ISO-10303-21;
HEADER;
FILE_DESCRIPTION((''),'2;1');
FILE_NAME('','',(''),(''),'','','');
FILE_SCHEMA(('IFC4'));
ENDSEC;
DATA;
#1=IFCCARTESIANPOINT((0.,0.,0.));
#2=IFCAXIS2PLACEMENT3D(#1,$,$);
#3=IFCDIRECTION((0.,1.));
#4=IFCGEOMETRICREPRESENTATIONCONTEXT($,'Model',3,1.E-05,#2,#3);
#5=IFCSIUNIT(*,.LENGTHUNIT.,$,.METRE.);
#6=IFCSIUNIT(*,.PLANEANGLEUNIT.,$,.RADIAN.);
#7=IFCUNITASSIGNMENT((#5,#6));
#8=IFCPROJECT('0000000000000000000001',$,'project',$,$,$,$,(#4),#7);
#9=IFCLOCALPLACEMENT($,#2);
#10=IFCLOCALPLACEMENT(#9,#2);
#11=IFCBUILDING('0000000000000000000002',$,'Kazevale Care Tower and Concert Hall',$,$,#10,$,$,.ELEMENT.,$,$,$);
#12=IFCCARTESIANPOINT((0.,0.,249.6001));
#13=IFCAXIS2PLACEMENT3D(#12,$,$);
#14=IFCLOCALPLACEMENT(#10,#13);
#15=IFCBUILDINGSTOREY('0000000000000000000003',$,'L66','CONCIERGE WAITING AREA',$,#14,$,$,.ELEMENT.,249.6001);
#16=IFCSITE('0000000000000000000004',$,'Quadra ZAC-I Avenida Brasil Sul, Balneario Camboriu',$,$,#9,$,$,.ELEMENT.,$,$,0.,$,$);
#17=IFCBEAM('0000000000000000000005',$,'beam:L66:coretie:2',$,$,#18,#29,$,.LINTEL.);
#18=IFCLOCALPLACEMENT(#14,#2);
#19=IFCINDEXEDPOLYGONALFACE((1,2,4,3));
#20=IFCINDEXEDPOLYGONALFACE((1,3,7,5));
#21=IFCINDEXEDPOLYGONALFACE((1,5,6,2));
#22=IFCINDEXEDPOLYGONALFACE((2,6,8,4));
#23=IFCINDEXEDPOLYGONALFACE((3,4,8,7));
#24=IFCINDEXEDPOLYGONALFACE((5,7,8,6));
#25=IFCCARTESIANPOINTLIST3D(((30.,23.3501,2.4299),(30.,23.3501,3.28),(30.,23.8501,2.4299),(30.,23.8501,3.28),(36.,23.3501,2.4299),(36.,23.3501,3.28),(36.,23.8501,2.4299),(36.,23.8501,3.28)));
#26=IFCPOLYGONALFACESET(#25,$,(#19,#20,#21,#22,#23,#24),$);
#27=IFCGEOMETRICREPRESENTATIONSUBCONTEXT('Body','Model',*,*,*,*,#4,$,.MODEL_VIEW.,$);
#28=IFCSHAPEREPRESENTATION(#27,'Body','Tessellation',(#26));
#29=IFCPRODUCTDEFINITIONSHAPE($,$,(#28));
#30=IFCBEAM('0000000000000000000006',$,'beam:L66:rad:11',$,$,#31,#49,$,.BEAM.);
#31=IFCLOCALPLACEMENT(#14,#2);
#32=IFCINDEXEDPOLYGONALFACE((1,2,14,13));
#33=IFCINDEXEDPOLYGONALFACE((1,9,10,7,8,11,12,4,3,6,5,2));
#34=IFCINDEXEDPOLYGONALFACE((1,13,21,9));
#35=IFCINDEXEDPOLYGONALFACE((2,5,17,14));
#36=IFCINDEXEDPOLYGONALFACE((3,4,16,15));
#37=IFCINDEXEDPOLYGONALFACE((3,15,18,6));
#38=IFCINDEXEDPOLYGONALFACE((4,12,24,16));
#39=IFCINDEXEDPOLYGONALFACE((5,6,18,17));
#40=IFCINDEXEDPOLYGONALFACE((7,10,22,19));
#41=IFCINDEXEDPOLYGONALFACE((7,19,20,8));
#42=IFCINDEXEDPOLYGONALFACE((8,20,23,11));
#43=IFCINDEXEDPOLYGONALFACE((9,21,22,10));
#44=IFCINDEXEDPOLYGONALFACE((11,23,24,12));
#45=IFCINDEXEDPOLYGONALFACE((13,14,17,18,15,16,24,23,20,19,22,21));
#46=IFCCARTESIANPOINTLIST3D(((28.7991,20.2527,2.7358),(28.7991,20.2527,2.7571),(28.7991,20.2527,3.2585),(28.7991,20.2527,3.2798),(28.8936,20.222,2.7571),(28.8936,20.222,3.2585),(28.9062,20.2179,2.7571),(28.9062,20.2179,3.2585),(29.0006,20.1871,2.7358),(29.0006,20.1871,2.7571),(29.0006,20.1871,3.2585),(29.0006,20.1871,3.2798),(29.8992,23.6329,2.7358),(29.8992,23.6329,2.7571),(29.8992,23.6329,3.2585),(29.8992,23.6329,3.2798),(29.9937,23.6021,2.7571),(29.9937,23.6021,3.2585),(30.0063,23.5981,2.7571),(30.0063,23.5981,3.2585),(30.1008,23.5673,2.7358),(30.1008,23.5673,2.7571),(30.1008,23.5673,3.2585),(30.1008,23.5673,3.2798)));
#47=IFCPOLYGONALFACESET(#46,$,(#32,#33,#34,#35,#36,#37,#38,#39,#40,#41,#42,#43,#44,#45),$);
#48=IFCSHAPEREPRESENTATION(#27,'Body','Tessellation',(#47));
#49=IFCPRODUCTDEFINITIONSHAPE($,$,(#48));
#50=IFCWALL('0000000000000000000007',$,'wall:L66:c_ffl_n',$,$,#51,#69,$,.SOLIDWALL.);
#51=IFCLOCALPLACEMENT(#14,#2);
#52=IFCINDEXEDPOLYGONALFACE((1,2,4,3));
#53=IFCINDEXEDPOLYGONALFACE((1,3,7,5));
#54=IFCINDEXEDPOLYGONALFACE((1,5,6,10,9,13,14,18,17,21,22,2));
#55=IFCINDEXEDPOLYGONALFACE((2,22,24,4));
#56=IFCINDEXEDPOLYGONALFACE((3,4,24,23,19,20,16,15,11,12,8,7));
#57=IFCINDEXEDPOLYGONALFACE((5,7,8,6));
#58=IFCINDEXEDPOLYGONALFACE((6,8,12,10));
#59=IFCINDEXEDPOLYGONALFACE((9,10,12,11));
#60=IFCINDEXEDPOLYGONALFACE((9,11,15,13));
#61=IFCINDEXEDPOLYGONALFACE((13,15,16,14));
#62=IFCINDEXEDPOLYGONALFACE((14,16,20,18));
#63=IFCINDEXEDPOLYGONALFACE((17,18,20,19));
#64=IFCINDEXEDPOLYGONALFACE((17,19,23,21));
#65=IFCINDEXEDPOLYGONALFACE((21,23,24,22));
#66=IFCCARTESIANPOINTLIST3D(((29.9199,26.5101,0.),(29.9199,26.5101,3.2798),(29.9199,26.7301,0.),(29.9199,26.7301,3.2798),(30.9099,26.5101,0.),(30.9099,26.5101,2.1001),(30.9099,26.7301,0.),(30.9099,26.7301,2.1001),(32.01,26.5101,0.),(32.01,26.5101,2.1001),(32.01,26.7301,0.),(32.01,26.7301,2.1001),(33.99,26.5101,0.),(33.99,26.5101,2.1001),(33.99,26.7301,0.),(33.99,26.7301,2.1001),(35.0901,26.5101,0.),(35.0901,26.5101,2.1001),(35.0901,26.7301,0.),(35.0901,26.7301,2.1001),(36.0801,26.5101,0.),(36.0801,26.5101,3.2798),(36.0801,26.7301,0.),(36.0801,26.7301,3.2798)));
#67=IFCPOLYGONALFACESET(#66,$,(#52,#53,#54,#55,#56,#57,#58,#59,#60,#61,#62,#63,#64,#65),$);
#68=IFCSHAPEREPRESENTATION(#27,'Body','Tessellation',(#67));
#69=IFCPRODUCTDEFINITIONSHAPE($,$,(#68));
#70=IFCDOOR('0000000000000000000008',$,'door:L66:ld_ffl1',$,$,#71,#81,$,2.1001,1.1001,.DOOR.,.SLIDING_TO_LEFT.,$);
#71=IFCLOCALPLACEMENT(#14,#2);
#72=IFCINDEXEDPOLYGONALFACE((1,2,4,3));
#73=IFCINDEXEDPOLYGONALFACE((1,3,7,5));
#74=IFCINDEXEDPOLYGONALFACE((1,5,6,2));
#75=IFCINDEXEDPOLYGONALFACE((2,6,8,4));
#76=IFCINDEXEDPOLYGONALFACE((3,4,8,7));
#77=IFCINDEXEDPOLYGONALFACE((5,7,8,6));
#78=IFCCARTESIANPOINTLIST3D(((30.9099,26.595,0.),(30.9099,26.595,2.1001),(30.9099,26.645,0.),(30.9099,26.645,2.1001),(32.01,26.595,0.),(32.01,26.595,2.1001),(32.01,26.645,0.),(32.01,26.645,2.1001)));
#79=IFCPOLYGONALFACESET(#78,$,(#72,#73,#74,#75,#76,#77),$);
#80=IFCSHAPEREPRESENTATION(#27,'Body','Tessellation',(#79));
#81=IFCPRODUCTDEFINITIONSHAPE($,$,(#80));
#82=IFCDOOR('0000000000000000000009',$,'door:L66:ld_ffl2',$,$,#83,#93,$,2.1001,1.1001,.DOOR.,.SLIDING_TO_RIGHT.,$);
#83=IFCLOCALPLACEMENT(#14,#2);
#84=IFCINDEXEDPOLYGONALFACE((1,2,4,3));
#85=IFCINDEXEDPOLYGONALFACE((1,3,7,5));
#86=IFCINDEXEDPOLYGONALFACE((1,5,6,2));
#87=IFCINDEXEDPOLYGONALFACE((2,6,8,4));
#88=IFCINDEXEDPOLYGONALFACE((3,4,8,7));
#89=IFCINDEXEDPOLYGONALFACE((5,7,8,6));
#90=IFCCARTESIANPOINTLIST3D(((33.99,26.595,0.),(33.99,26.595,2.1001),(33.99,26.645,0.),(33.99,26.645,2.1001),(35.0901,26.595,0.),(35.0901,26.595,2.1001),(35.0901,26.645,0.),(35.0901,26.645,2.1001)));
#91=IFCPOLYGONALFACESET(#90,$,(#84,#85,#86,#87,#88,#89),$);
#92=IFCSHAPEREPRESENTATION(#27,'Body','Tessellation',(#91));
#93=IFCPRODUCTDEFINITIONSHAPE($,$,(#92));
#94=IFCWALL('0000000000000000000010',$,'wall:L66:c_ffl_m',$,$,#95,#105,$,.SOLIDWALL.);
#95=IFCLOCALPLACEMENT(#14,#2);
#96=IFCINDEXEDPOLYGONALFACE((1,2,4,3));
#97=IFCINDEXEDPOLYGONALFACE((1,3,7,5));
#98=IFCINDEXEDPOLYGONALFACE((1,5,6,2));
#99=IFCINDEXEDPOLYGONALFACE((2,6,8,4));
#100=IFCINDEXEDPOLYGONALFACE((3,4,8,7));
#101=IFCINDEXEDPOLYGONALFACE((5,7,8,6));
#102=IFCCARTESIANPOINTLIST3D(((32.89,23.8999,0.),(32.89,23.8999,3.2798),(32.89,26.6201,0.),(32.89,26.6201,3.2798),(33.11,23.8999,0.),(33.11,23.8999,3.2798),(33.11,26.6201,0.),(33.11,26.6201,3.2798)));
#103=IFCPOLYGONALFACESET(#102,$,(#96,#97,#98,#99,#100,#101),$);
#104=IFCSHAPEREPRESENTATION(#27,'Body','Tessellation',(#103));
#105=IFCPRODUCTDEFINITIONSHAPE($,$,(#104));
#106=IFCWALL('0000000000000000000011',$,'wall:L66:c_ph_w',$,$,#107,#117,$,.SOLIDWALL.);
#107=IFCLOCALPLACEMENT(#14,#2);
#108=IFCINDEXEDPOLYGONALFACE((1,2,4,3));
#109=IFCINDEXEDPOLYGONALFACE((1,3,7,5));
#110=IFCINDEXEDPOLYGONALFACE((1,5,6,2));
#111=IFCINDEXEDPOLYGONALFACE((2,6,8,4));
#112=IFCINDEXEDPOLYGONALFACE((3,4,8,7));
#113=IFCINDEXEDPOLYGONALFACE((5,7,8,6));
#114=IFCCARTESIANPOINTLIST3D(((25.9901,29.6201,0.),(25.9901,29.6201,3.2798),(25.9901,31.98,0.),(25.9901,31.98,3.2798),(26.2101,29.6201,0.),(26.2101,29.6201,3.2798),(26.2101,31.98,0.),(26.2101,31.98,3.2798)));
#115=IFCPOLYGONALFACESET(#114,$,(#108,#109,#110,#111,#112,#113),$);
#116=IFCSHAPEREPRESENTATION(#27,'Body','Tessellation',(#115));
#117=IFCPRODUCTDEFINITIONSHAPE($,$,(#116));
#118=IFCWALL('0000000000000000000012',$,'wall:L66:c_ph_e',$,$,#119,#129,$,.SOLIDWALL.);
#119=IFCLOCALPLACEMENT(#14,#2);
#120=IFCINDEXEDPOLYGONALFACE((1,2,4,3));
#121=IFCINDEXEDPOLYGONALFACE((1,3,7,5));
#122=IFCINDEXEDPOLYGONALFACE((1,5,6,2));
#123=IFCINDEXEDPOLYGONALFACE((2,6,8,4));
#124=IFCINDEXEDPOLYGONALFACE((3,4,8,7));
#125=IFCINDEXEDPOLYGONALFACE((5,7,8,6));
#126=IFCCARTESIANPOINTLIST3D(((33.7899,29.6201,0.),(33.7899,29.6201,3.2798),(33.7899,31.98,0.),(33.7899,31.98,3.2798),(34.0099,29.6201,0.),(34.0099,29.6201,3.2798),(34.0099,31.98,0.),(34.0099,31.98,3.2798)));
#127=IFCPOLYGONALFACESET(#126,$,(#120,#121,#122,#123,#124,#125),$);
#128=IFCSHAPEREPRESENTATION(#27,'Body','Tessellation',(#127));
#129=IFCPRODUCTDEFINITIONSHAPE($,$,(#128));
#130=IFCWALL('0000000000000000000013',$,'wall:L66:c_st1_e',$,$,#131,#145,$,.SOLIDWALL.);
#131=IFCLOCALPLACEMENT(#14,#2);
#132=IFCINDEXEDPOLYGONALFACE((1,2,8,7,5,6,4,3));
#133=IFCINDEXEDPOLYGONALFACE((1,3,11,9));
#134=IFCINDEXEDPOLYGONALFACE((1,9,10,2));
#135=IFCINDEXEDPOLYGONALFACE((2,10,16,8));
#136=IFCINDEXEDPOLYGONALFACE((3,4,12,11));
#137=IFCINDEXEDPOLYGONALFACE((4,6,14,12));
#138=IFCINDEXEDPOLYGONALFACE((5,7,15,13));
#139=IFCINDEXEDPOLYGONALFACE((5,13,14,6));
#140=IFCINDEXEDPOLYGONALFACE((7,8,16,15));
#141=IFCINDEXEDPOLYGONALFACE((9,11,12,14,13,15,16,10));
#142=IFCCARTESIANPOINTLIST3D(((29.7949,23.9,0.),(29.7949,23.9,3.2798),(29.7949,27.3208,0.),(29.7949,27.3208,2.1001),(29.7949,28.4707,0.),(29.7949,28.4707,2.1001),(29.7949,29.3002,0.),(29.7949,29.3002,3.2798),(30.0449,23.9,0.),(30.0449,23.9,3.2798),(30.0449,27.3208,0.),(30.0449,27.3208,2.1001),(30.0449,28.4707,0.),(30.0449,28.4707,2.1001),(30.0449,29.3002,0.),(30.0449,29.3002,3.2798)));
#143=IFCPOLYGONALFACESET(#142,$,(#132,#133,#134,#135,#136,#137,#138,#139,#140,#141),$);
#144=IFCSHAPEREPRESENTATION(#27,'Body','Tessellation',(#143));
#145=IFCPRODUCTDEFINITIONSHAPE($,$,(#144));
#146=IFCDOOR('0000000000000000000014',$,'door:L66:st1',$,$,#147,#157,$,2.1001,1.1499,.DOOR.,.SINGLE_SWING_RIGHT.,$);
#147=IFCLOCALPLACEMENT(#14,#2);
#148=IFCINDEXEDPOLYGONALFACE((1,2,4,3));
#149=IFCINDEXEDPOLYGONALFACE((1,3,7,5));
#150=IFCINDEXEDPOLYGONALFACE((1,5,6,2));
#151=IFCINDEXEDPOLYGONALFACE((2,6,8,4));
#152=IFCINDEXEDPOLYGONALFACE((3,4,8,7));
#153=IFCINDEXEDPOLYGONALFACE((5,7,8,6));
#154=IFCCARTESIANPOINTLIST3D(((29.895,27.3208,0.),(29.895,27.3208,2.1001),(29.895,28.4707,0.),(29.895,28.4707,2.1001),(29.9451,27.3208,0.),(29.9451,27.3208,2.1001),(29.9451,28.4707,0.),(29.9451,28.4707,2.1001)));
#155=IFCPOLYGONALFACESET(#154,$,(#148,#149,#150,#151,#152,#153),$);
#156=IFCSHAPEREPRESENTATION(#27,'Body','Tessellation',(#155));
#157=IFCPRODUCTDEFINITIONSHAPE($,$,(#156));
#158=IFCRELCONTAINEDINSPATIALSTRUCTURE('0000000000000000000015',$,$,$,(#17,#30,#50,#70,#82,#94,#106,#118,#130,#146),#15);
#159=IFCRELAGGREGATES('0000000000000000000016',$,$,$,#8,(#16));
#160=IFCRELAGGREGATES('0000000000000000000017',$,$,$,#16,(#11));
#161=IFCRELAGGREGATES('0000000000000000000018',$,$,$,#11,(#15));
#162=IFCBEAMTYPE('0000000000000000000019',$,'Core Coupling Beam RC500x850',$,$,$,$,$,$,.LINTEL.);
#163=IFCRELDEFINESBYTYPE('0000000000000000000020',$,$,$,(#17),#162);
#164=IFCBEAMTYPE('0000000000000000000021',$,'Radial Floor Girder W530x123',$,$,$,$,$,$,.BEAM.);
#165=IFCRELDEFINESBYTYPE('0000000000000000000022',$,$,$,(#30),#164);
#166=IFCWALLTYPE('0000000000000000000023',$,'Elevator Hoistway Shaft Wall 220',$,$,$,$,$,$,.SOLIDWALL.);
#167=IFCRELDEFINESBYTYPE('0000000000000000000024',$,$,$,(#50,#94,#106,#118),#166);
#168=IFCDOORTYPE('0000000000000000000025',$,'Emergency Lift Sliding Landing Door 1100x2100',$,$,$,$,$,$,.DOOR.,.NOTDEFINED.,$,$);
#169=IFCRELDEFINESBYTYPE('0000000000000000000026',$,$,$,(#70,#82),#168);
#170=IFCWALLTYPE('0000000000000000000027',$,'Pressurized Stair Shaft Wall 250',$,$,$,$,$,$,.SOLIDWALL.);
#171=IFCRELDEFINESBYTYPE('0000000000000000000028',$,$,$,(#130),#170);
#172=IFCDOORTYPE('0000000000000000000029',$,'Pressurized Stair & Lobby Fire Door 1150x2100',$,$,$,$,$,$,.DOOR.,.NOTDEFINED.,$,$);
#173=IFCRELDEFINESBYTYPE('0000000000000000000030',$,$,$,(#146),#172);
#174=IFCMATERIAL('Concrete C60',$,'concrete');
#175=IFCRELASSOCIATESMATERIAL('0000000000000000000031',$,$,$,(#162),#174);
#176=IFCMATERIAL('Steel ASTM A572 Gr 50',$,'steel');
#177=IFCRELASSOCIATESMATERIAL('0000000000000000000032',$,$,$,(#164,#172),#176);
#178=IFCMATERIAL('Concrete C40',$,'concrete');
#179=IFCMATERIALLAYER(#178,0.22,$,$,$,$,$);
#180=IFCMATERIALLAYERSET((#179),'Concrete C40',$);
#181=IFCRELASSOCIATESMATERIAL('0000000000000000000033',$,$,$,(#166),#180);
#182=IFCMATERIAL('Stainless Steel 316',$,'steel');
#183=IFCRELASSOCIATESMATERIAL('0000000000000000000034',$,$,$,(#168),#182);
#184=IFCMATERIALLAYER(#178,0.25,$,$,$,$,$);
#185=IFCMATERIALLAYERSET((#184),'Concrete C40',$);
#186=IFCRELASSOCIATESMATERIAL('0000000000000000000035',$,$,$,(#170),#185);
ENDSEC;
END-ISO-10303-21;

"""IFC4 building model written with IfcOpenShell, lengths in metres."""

from ifc_helpers import new_model, si_unit, direction, frame, frame_2d, origin, origin_2d, place, context, subcontext, project, spatial, rectangle, i_section, extrude, material, layer, layer_set, material_profile, profile_set, type_object, element, fill, save


model = new_model("IFC4")

# Units and contexts
model_context = context("Model", 3, precision=1e-05, world=origin(), true_north=direction((0.0, 1.0)))
body_context = subcontext(model_context, "Body", "Model", "MODEL_VIEW")
ifc_project = project(units=[si_unit("LENGTHUNIT", "METRE"), si_unit("PLANEANGLEUNIT", "RADIAN")], contexts=[model_context])

# Site, building, storey
site_placement = place(None, origin())
site = spatial("IfcSite", under=ifc_project, at=site_placement, Name="Quadra ZAC-I Avenida Brasil Sul, Balneario Camboriu", CompositionType="ELEMENT", RefElevation=0.0)
building_placement = place(site_placement, origin())
building = spatial("IfcBuilding", under=site, at=building_placement, Name="Kazevale Care Tower and Concert Hall", CompositionType="ELEMENT")
storey_placement = place(building_placement, frame((0.0, 0.0, 249.6001)))
storey = spatial("IfcBuildingStorey", under=building, at=storey_placement, Name="L66", Description="CONCIERGE WAITING AREA", CompositionType="ELEMENT", Elevation=249.6001)

# Beams
ifc_material_1 = material(Name="Concrete C60", Category="concrete")
ifc_material_profile_1 = material_profile(ifc_material_1, rectangle(XDim=0.5, YDim=0.8501, at=origin_2d()), Name="RC-B500x850")
ifc_profile_set_1 = profile_set([ifc_material_profile_1], Name="Concrete C60")
beam_type_1 = type_object("IfcBeamType", Name="Core Coupling Beam RC500x850", PredefinedType="LINTEL", material=ifc_profile_set_1)
beam_1_placement = place(storey_placement, frame((30.0, 23.6001, 2.855), z_axis=(1.0, 0.0, 0.0), x_axis=(0.0, 1.0, 0.0)))
element("IfcBeam", 1, at=beam_1_placement, inside=storey, type_object=beam_type_1, Name="beam:L66:coretie:2", PredefinedType="LINTEL", context=body_context, shape_type="SweptSolid", body=[
    extrude(rectangle(XDim=0.5, YDim=0.8501, at=origin_2d()), origin(), (0.0, 0.0, 1.0), 6.0),
])
ifc_material_2 = material(Name="Steel ASTM A572 Gr 50", Category="steel")
ifc_material_profile_2 = material_profile(ifc_material_2, i_section(OverallWidth=0.2119, OverallDepth=0.5439, WebThickness=0.0132, FlangeThickness=0.0212, at=origin_2d()), Name="W530x123")
ifc_profile_set_2 = profile_set([ifc_material_profile_2], Name="Steel ASTM A572 Gr 50")
beam_type_2 = type_object("IfcBeamType", Name="Radial Floor Girder W530x123", PredefinedType="BEAM", material=ifc_profile_set_2)
beam_2_placement = place(storey_placement, frame((30.0, 23.6001, 3.0078), z_axis=(-0.309482, -0.950905, 0.0), x_axis=(0.950905, -0.309482, 0.0)))
element("IfcBeam", 2, at=beam_2_placement, inside=storey, type_object=beam_type_2, Name="beam:L66:rad:11", PredefinedType="BEAM", context=body_context, shape_type="SweptSolid", body=[
    extrude(i_section(OverallWidth=0.2119, OverallDepth=0.5439, WebThickness=0.0132, FlangeThickness=0.0212, at=origin_2d()), origin(), (0.0, 0.0, 1.0), 3.5547),
])

# Wall, openings, doors
ifc_material_3 = material(Name="Concrete C40", Category="concrete")
ifc_layer_1 = layer(ifc_material_3, 0.22)
ifc_layer_set_1 = layer_set([ifc_layer_1], Name="Concrete C40")
wall_type_1 = type_object("IfcWallType", Name="Elevator Hoistway Shaft Wall 220", PredefinedType="SOLIDWALL", material=ifc_layer_set_1)
wall_1_placement = place(storey_placement, frame((29.9199, 26.6201, 0.0), z_axis=(0.0, 0.0, 1.0), x_axis=(1.0, 0.0, 0.0)))
wall_1 = element("IfcWall", 3, at=wall_1_placement, inside=storey, type_object=wall_type_1, Name="wall:L66:c_ffl_n", PredefinedType="SOLIDWALL", context=body_context, shape_type="SweptSolid", body=[
    extrude(rectangle(XDim=6.1602, YDim=0.22, at=frame_2d((3.0801, 0.0))), origin(), (0.0, 0.0, 1.0), 3.2798),
])
opening_1_placement = place(wall_1_placement, frame((0.99, 0.0, 0.0)))
opening_1 = element("IfcOpeningElement", 4, at=opening_1_placement, cuts=wall_1, PredefinedType="OPENING", context=body_context, shape_type="SweptSolid", body=[
    extrude(rectangle(XDim=1.1001, YDim=2.1001, at=frame_2d((0.55, 1.05))), frame((0.0, 0.1199, 0.0), z_axis=(0.0, -1.0, 0.0), x_axis=(1.0, 0.0, 0.0)), (0.0, 0.0, 1.0), 0.24),
])
opening_2_placement = place(wall_1_placement, frame((4.0701, 0.0, 0.0)))
opening_2 = element("IfcOpeningElement", 5, at=opening_2_placement, cuts=wall_1, PredefinedType="OPENING", context=body_context, shape_type="SweptSolid", body=[
    extrude(rectangle(XDim=1.1001, YDim=2.1001, at=frame_2d((0.55, 1.05))), frame((0.0, 0.1199, 0.0), z_axis=(0.0, -1.0, 0.0), x_axis=(1.0, 0.0, 0.0)), (0.0, 0.0, 1.0), 0.24),
])
ifc_material_4 = material(Name="Stainless Steel 316", Category="steel")
door_type_1 = type_object("IfcDoorType", Name="Emergency Lift Sliding Landing Door 1100x2100", OperationType="NOTDEFINED", PredefinedType="DOOR", material=ifc_material_4)
door_1_placement = place(opening_1_placement, origin())
door_1 = element("IfcDoor", 6, at=door_1_placement, inside=storey, type_object=door_type_1, Name="door:L66:ld_ffl1", OperationType="SLIDING_TO_LEFT", OverallHeight=2.1001, OverallWidth=1.1001, PredefinedType="DOOR", context=body_context, shape_type="SweptSolid", body=[
    extrude(rectangle(XDim=1.1001, YDim=2.1001, at=frame_2d((0.55, 1.05))), frame((0.0, 0.0249, 0.0), z_axis=(0.0, -1.0, 0.0), x_axis=(1.0, 0.0, 0.0)), (0.0, 0.0, 1.0), 0.05),
])
fill(opening_1, door_1)
door_2_placement = place(opening_2_placement, origin())
door_2 = element("IfcDoor", 7, at=door_2_placement, inside=storey, type_object=door_type_1, Name="door:L66:ld_ffl2", OperationType="SLIDING_TO_RIGHT", OverallHeight=2.1001, OverallWidth=1.1001, PredefinedType="DOOR", context=body_context, shape_type="SweptSolid", body=[
    extrude(rectangle(XDim=1.1001, YDim=2.1001, at=frame_2d((0.55, 1.05))), frame((0.0, 0.0249, 0.0), z_axis=(0.0, -1.0, 0.0), x_axis=(1.0, 0.0, 0.0)), (0.0, 0.0, 1.0), 0.05),
])
fill(opening_2, door_2)

# Walls
wall_2_placement = place(storey_placement, frame((33.0, 23.8999, 0.0), z_axis=(0.0, 0.0, 1.0), x_axis=(0.0, 1.0, 0.0)))
element("IfcWall", 8, at=wall_2_placement, inside=storey, type_object=wall_type_1, Name="wall:L66:c_ffl_m", PredefinedType="SOLIDWALL", context=body_context, shape_type="SweptSolid", body=[
    extrude(rectangle(XDim=2.7202, YDim=0.22, at=frame_2d((1.3601, 0.0))), origin(), (0.0, 0.0, 1.0), 3.2798),
])
for number, where, z_axis, x_axis, name in (
    (9, (26.1001, 29.6201, 0.0), (0.0, 0.0, 1.0), (0.0, 1.0, 0.0), "wall:L66:c_ph_w"),
    (10, (33.8999, 29.6201, 0.0), (0.0, 0.0, 1.0), (0.0, 1.0, 0.0), "wall:L66:c_ph_e"),
):
    element("IfcWall", number, at=place(storey_placement, frame(where, z_axis=z_axis, x_axis=x_axis)), inside=storey, type_object=wall_type_1, Name=name, PredefinedType="SOLIDWALL", context=body_context, shape_type="SweptSolid", body=[
        extrude(rectangle(XDim=2.3599, YDim=0.22, at=frame_2d((1.1799, 0.0))), origin(), (0.0, 0.0, 1.0), 3.2798),
    ])

# Wall, opening, door
ifc_layer_2 = layer(ifc_material_3, 0.25)
ifc_layer_set_2 = layer_set([ifc_layer_2], Name="Concrete C40")
wall_type_2 = type_object("IfcWallType", Name="Pressurized Stair Shaft Wall 250", PredefinedType="SOLIDWALL", material=ifc_layer_set_2)
wall_3_placement = place(storey_placement, frame((29.9199, 23.8999, 0.0), z_axis=(0.0, 0.0, 1.0), x_axis=(0.0, 1.0, 0.0)))
wall_3 = element("IfcWall", 11, at=wall_3_placement, inside=storey, type_object=wall_type_2, Name="wall:L66:c_st1_e", PredefinedType="SOLIDWALL", context=body_context, shape_type="SweptSolid", body=[
    extrude(rectangle(XDim=5.4001, YDim=0.25, at=frame_2d((2.7002, 0.0))), origin(), (0.0, 0.0, 1.0), 3.2798),
])
opening_3_placement = place(wall_3_placement, frame((3.4209, 0.0, 0.0)))
opening_3 = element("IfcOpeningElement", 12, at=opening_3_placement, cuts=wall_3, PredefinedType="OPENING", context=body_context, shape_type="SweptSolid", body=[
    extrude(rectangle(XDim=1.1499, YDim=2.1001, at=frame_2d((0.575, 1.05))), frame((0.0, 0.135, 0.0), z_axis=(0.0, -1.0, 0.0), x_axis=(1.0, 0.0, 0.0)), (0.0, 0.0, 1.0), 0.27),
])
door_type_2 = type_object("IfcDoorType", Name="Pressurized Stair & Lobby Fire Door 1150x2100", OperationType="NOTDEFINED", PredefinedType="DOOR", material=ifc_material_2)
door_3_placement = place(opening_3_placement, origin())
door_3 = element("IfcDoor", 13, at=door_3_placement, inside=storey, type_object=door_type_2, Name="door:L66:st1", OperationType="SINGLE_SWING_RIGHT", OverallHeight=2.1001, OverallWidth=1.1499, PredefinedType="DOOR", context=body_context, shape_type="SweptSolid", body=[
    extrude(rectangle(XDim=1.1499, YDim=2.1001, at=frame_2d((0.575, 1.05))), frame((0.0, 0.0249, 0.0), z_axis=(0.0, -1.0, 0.0), x_axis=(1.0, 0.0, 0.0)), (0.0, 0.0, 1.0), 0.05),
])
fill(opening_3, door_3)

save(model, "model.ifc")
